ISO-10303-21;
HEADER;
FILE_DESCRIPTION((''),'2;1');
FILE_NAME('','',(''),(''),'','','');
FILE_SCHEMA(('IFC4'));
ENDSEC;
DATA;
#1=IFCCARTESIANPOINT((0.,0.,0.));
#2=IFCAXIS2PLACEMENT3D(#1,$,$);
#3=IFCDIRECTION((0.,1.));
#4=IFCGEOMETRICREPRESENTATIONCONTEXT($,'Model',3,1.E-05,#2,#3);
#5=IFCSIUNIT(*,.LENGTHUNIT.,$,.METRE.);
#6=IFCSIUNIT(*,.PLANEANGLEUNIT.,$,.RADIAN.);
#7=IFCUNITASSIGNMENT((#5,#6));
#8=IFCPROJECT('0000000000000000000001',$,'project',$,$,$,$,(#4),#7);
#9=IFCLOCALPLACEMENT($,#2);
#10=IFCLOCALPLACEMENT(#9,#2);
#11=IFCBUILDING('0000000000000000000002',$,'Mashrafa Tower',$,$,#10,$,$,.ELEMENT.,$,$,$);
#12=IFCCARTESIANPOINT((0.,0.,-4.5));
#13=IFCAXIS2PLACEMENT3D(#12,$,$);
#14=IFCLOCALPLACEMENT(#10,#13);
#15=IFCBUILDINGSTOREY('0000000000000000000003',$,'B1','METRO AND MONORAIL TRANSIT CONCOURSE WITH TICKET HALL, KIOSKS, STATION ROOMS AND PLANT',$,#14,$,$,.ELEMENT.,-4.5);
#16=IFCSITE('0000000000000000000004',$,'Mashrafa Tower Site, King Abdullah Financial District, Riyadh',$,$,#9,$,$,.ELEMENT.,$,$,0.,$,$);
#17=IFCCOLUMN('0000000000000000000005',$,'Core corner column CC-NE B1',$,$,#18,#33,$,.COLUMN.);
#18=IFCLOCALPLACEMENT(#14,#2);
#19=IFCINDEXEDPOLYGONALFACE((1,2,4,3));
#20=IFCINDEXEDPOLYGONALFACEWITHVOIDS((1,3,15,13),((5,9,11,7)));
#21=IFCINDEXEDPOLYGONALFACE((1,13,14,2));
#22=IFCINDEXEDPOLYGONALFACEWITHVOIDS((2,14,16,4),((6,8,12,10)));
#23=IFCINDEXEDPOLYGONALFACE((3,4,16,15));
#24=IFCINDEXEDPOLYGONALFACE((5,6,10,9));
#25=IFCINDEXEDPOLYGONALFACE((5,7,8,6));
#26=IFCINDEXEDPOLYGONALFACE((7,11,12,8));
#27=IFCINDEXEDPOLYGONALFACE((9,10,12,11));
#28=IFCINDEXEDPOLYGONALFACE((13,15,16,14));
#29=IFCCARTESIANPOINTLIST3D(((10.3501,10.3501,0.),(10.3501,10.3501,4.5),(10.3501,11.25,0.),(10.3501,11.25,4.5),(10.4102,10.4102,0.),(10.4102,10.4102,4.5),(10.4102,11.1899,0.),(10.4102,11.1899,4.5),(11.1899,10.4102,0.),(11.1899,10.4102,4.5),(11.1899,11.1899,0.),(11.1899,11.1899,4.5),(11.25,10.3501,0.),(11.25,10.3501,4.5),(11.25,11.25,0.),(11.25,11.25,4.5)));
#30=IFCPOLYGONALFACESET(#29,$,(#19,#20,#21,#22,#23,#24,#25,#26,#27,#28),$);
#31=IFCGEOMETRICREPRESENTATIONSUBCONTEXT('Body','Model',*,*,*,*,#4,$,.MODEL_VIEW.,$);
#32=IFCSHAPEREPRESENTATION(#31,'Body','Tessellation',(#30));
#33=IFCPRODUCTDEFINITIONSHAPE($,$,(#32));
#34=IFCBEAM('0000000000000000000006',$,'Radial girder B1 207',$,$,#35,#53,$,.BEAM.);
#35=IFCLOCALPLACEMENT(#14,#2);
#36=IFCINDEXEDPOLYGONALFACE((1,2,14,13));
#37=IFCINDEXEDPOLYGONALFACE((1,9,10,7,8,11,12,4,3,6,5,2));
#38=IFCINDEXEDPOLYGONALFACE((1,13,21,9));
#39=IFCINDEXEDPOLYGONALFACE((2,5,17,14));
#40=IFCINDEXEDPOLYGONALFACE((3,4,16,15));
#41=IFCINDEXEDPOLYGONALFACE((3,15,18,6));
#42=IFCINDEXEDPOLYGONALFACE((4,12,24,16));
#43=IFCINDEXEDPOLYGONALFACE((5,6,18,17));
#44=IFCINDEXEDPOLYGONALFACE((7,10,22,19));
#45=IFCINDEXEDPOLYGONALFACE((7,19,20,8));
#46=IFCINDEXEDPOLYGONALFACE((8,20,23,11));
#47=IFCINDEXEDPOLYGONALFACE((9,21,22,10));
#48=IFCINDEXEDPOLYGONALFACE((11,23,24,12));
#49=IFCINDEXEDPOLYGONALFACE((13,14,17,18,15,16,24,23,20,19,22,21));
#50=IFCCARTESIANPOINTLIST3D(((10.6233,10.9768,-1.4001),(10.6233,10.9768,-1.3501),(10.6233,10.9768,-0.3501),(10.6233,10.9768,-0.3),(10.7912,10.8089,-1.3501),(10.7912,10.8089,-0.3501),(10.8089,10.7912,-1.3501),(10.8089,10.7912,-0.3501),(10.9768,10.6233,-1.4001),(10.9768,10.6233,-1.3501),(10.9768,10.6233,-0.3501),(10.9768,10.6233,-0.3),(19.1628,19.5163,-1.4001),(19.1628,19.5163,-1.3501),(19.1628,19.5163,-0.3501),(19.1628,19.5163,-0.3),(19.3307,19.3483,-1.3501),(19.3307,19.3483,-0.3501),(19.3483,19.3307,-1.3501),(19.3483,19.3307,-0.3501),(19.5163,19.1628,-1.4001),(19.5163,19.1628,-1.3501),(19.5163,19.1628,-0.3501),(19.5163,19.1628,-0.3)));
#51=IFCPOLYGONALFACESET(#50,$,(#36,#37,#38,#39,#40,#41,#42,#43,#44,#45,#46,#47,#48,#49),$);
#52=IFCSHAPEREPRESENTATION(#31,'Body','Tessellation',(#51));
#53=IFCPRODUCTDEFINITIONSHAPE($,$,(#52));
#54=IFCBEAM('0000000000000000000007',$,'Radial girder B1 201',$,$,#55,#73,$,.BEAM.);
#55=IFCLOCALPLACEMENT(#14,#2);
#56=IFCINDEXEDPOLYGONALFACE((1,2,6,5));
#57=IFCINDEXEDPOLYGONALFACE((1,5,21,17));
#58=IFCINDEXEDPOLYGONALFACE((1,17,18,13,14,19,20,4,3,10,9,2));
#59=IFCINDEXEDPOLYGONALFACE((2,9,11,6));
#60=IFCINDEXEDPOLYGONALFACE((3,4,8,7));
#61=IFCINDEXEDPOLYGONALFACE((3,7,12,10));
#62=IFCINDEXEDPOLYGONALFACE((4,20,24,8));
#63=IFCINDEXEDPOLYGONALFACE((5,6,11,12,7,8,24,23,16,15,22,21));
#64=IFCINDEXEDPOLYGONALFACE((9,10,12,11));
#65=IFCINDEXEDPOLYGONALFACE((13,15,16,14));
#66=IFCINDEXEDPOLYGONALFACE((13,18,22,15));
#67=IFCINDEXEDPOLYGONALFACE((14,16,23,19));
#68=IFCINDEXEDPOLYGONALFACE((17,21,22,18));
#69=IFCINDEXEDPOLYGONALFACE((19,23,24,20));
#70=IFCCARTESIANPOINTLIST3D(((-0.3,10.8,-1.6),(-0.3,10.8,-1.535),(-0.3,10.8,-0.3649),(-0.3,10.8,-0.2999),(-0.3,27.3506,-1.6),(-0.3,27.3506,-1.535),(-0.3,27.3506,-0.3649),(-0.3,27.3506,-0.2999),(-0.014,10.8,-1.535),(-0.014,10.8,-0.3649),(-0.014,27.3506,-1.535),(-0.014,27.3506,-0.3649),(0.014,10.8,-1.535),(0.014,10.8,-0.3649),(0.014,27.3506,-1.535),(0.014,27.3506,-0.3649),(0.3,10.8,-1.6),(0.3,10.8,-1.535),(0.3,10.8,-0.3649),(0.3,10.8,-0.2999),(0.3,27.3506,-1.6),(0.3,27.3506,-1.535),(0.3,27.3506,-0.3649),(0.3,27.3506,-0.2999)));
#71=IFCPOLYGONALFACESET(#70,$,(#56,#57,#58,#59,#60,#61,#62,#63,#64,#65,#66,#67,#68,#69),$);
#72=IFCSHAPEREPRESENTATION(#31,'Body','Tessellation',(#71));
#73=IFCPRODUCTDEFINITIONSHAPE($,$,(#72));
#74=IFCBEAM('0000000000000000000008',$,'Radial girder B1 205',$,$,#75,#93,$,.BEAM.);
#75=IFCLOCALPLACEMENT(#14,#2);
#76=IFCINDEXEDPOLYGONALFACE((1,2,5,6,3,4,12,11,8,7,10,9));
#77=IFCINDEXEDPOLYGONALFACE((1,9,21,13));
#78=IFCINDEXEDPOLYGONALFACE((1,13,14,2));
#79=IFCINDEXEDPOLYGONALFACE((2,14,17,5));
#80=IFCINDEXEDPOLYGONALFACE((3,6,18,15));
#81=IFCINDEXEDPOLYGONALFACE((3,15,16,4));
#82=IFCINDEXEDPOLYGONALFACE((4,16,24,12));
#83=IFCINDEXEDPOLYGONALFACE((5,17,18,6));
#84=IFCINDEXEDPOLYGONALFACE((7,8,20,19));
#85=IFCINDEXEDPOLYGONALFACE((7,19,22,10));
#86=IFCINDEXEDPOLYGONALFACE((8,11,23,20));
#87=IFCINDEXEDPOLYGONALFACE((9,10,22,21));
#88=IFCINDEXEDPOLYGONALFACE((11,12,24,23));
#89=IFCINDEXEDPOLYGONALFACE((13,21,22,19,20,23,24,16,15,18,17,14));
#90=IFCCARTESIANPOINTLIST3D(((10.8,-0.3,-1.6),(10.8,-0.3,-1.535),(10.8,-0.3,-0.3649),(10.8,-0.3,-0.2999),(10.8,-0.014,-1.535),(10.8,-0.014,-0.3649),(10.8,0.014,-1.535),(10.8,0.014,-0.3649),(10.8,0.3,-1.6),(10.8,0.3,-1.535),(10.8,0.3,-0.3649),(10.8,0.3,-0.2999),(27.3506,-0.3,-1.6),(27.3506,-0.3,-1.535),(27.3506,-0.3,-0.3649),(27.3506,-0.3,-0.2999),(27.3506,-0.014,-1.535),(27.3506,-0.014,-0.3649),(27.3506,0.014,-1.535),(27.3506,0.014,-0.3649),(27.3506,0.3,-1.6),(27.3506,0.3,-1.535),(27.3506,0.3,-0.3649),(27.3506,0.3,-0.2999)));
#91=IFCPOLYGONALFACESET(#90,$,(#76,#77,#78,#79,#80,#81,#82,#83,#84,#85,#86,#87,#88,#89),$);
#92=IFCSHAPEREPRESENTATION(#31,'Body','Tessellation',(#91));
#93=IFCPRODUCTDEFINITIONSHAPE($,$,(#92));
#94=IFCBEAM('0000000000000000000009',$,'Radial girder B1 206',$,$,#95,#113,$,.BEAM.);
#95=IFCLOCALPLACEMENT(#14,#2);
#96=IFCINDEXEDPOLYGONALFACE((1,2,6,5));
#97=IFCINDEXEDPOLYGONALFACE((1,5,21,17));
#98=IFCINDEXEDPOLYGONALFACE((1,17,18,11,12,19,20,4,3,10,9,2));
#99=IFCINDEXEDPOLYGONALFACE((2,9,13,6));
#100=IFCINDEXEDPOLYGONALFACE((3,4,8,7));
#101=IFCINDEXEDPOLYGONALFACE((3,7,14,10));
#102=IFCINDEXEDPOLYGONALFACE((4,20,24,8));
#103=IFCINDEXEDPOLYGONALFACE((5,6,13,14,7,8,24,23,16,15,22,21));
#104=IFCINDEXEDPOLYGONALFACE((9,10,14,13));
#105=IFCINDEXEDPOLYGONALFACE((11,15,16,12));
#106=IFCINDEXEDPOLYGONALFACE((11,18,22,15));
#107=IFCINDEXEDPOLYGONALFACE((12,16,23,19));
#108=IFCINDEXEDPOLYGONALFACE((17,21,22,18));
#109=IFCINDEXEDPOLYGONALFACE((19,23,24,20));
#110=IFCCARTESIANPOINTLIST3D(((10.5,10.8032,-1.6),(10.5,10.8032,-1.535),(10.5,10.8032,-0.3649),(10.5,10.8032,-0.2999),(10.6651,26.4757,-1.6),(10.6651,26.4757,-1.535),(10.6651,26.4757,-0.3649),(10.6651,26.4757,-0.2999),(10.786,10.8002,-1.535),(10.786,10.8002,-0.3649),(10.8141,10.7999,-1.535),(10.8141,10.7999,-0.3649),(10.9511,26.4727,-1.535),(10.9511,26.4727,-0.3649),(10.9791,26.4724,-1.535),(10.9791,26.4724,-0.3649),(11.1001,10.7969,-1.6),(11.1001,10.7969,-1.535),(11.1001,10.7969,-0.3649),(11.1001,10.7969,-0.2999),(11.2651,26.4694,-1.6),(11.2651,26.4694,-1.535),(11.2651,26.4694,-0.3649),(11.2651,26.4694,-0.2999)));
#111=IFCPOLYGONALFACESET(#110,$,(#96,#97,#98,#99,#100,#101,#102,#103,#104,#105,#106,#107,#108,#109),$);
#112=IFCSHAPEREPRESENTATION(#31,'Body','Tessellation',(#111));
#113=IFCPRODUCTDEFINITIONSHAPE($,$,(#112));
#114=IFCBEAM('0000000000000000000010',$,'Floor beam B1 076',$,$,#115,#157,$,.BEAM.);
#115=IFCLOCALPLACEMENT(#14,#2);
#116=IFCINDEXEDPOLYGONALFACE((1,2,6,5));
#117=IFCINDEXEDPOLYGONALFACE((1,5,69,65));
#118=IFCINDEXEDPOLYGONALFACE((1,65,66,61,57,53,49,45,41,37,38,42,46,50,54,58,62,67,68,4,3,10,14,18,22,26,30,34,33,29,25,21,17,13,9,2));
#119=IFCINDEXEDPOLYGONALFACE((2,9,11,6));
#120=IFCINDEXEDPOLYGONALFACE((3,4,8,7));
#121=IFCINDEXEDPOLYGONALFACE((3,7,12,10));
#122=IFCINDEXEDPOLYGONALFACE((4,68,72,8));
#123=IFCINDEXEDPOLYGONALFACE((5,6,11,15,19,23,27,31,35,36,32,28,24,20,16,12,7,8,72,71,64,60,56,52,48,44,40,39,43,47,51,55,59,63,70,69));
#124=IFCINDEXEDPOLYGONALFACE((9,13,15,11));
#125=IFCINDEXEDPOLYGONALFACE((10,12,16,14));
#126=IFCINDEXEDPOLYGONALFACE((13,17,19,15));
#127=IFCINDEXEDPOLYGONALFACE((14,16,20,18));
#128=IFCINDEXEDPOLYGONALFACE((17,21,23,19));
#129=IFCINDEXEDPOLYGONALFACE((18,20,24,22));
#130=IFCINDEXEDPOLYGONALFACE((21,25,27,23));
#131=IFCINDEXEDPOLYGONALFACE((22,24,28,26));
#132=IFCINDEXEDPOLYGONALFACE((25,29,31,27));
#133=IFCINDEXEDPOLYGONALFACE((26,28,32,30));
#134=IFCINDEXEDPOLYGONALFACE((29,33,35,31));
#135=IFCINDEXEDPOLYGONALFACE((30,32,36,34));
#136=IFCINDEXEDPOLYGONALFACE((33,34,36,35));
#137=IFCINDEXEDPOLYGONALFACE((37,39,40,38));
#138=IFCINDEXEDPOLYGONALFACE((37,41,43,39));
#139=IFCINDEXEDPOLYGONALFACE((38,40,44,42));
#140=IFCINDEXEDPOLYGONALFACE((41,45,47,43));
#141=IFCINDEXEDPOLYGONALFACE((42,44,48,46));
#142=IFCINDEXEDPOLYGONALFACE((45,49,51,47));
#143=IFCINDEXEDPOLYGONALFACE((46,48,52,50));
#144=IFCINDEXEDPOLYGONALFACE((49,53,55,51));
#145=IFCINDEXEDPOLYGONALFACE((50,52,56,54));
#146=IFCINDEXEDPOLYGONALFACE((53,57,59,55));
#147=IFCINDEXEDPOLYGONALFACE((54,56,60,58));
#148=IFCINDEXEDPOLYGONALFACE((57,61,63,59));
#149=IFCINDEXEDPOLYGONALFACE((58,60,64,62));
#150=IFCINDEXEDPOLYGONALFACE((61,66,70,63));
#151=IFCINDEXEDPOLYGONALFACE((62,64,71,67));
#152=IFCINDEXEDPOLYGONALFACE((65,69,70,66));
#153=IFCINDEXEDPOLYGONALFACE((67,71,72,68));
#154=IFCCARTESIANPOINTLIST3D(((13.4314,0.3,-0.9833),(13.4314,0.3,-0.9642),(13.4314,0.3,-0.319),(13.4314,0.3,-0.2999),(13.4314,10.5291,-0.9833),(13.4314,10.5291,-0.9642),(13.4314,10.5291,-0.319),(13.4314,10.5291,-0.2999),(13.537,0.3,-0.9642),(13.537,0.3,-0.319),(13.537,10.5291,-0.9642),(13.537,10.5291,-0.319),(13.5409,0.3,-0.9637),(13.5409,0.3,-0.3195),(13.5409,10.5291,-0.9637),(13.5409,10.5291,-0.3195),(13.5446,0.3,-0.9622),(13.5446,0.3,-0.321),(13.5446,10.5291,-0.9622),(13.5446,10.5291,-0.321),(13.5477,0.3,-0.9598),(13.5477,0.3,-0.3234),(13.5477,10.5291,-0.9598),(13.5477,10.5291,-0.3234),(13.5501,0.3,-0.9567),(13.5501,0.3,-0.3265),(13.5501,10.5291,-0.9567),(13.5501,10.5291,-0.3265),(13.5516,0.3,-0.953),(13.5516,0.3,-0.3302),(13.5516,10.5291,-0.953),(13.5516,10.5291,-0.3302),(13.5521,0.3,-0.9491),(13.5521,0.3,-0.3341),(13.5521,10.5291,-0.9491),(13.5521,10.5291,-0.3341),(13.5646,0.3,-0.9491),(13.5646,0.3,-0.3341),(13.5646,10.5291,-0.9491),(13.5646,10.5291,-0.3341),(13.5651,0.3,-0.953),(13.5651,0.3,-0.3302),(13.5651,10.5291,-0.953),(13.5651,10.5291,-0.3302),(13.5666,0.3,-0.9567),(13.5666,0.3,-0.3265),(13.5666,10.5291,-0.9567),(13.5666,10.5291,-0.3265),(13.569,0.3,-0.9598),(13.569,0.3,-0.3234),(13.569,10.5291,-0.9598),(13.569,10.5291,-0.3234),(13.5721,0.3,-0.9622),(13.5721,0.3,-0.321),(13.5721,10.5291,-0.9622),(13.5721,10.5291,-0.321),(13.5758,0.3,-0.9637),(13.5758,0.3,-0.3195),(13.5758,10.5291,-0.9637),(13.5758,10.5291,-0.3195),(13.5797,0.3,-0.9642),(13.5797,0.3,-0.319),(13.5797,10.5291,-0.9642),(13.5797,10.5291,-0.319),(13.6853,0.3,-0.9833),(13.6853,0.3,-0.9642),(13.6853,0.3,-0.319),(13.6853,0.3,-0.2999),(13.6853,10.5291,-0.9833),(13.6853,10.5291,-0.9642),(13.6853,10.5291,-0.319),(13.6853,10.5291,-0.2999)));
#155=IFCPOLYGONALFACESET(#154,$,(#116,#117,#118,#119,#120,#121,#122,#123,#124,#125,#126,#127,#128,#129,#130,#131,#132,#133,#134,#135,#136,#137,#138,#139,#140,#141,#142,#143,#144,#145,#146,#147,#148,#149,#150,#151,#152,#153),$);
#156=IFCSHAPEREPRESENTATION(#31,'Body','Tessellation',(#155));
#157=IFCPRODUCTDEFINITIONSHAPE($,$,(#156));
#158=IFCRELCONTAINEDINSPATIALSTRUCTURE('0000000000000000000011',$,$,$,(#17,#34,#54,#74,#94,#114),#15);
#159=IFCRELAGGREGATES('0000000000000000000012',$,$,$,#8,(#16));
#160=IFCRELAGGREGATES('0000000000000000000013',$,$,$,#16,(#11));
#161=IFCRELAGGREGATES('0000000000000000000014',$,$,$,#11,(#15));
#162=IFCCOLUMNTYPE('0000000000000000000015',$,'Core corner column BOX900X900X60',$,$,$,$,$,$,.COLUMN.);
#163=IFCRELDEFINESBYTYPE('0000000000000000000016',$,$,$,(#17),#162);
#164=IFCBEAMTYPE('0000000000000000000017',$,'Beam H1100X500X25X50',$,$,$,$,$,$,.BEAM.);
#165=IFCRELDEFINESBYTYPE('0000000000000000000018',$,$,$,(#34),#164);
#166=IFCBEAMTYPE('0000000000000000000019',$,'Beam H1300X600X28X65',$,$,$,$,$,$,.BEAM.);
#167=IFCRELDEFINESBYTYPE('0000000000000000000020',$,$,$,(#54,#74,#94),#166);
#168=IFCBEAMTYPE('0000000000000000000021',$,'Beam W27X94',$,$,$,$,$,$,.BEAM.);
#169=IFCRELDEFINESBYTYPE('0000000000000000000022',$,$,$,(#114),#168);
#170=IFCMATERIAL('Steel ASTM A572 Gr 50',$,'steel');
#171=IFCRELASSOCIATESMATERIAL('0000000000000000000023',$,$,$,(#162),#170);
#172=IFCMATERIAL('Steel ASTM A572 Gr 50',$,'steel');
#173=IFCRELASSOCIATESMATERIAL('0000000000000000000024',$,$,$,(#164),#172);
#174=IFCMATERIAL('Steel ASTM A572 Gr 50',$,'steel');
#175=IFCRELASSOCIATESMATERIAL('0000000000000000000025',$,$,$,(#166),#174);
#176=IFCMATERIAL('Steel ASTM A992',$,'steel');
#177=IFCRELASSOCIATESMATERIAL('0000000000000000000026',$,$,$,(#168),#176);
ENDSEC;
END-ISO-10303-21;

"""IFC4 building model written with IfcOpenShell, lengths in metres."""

from ifc_helpers import new_model, si_unit, direction, frame, origin, origin_2d, place, context, subcontext, project, spatial, hollow_rectangle, i_section, extrude, material, material_profile, profile_set, type_object, element, save


model = new_model("IFC4")

# Units and contexts
model_context = context("Model", 3, precision=1e-05, world=origin(), true_north=direction((0.0, 1.0)))
body_context = subcontext(model_context, "Body", "Model", "MODEL_VIEW")
ifc_project = project(units=[si_unit("LENGTHUNIT", "METRE"), si_unit("PLANEANGLEUNIT", "RADIAN")], contexts=[model_context])

# Site, building, storey
site_placement = place(None, origin())
site = spatial("IfcSite", under=ifc_project, at=site_placement, Name="Mashrafa Tower Site, King Abdullah Financial District, Riyadh", CompositionType="ELEMENT", RefElevation=0.0)
building_placement = place(site_placement, origin())
building = spatial("IfcBuilding", under=site, at=building_placement, Name="Mashrafa Tower", CompositionType="ELEMENT")
storey_placement = place(building_placement, frame((0.0, 0.0, -4.5)))
storey = spatial("IfcBuildingStorey", under=building, at=storey_placement, Name="B1", Description="METRO AND MONORAIL TRANSIT CONCOURSE WITH TICKET HALL, KIOSKS, STATION ROOMS AND PLANT", CompositionType="ELEMENT", Elevation=-4.5)

# Column
ifc_material_1 = material(Name="Steel ASTM A572 Gr 50", Category="steel")
ifc_material_profile_1 = material_profile(ifc_material_1, hollow_rectangle(XDim=0.8999, YDim=0.8999, WallThickness=0.0601, at=origin_2d()), Name="BOX900X900X60")
ifc_profile_set_1 = profile_set([ifc_material_profile_1], Name="Steel ASTM A572 Gr 50")
column_type = type_object("IfcColumnType", Name="Core corner column BOX900X900X60", PredefinedType="COLUMN", material=ifc_profile_set_1)
column_placement = place(storey_placement, frame((10.8, 10.8, 0.0), z_axis=(0.0, 0.0, 1.0), x_axis=(1.0, 0.0, 0.0)))
element("IfcColumn", 1, at=column_placement, inside=storey, type_object=column_type, Name="Core corner column CC-NE B1", PredefinedType="COLUMN", context=body_context, shape_type="SweptSolid", body=[
    extrude(hollow_rectangle(XDim=0.8999, YDim=0.8999, WallThickness=0.0601, at=origin_2d()), origin(), (0.0, 0.0, 1.0), 4.5),
])

# Beams
ifc_material_2 = material(Name="Steel ASTM A572 Gr 50", Category="steel")
ifc_material_profile_2 = material_profile(ifc_material_2, i_section(OverallWidth=0.5, OverallDepth=1.1001, WebThickness=0.0249, FlangeThickness=0.05, at=origin_2d()), Name="H1100X500X25X50")
ifc_profile_set_2 = profile_set([ifc_material_profile_2], Name="Steel ASTM A572 Gr 50")
beam_type_1 = type_object("IfcBeamType", Name="Beam H1100X500X25X50", PredefinedType="BEAM", material=ifc_profile_set_2)
beam_1_placement = place(storey_placement, frame((10.8, 10.8, -0.8501), z_axis=(0.707107, 0.707107, 0.0), x_axis=(-0.707107, 0.707107, 0.0)))
element("IfcBeam", 2, at=beam_1_placement, inside=storey, type_object=beam_type_1, Name="Radial girder B1 207", PredefinedType="BEAM", context=body_context, shape_type="SweptSolid", body=[
    extrude(i_section(OverallWidth=0.5, OverallDepth=1.1001, WebThickness=0.0249, FlangeThickness=0.05, at=origin_2d()), origin(), (0.0, 0.0, 1.0), 12.0767),
])
ifc_material_3 = material(Name="Steel ASTM A572 Gr 50", Category="steel")
ifc_material_profile_3 = material_profile(ifc_material_3, i_section(OverallWidth=0.6001, OverallDepth=1.3, WebThickness=0.0281, FlangeThickness=0.0649, at=origin_2d()), Name="H1300X600X28X65")
ifc_profile_set_3 = profile_set([ifc_material_profile_3], Name="Steel ASTM A572 Gr 50")
beam_type_2 = type_object("IfcBeamType", Name="Beam H1300X600X28X65", PredefinedType="BEAM", material=ifc_profile_set_3)
for number, where, z_axis, x_axis, name in (
    (3, (0.0, 10.8, -0.95), (0.0, 1.0, 0.0), (-1.0, 0.0, 0.0), "Radial girder B1 201"),
    (4, (10.8, 0.0, -0.95), (1.0, 0.0, 0.0), (0.0, 1.0, 0.0), "Radial girder B1 205"),
):
    element("IfcBeam", number, at=place(storey_placement, frame(where, z_axis=z_axis, x_axis=x_axis)), inside=storey, type_object=beam_type_2, Name=name, PredefinedType="BEAM", context=body_context, shape_type="SweptSolid", body=[
        extrude(i_section(OverallWidth=0.6001, OverallDepth=1.3, WebThickness=0.0281, FlangeThickness=0.0649, at=origin_2d()), origin(), (0.0, 0.0, 1.0), 16.5505),
    ])
beam_2_placement = place(storey_placement, frame((10.8, 10.8, -0.95), z_axis=(0.01053, 0.999945, 0.0), x_axis=(-0.999945, 0.01053, 0.0)))
element("IfcBeam", 5, at=beam_2_placement, inside=storey, type_object=beam_type_2, Name="Radial girder B1 206", PredefinedType="BEAM", context=body_context, shape_type="SweptSolid", body=[
    extrude(i_section(OverallWidth=0.6001, OverallDepth=1.3, WebThickness=0.0281, FlangeThickness=0.0649, at=origin_2d()), origin(), (0.0, 0.0, 1.0), 15.6733),
])
ifc_material_4 = material(Name="Steel ASTM A992", Category="steel")
ifc_material_profile_4 = material_profile(ifc_material_4, i_section(OverallWidth=0.2539, OverallDepth=0.6833, WebThickness=0.0125, FlangeThickness=0.019, FilletRadius=0.0151, at=origin_2d()), Name="W27X94")
ifc_profile_set_4 = profile_set([ifc_material_profile_4], Name="Steel ASTM A992")
beam_type_3 = type_object("IfcBeamType", Name="Beam W27X94", PredefinedType="BEAM", material=ifc_profile_set_4)
beam_3_placement = place(storey_placement, frame((13.5583, 10.5291, -0.6416), z_axis=(0.0, -1.0, 0.0), x_axis=(1.0, 0.0, 0.0)))
element("IfcBeam", 6, at=beam_3_placement, inside=storey, type_object=beam_type_3, Name="Floor beam B1 076", PredefinedType="BEAM", context=body_context, shape_type="SweptSolid", body=[
    extrude(i_section(OverallWidth=0.2539, OverallDepth=0.6833, WebThickness=0.0125, FlangeThickness=0.019, FilletRadius=0.0151, at=origin_2d()), origin(), (0.0, 0.0, 1.0), 10.229),
])

save(model, "model.ifc")
